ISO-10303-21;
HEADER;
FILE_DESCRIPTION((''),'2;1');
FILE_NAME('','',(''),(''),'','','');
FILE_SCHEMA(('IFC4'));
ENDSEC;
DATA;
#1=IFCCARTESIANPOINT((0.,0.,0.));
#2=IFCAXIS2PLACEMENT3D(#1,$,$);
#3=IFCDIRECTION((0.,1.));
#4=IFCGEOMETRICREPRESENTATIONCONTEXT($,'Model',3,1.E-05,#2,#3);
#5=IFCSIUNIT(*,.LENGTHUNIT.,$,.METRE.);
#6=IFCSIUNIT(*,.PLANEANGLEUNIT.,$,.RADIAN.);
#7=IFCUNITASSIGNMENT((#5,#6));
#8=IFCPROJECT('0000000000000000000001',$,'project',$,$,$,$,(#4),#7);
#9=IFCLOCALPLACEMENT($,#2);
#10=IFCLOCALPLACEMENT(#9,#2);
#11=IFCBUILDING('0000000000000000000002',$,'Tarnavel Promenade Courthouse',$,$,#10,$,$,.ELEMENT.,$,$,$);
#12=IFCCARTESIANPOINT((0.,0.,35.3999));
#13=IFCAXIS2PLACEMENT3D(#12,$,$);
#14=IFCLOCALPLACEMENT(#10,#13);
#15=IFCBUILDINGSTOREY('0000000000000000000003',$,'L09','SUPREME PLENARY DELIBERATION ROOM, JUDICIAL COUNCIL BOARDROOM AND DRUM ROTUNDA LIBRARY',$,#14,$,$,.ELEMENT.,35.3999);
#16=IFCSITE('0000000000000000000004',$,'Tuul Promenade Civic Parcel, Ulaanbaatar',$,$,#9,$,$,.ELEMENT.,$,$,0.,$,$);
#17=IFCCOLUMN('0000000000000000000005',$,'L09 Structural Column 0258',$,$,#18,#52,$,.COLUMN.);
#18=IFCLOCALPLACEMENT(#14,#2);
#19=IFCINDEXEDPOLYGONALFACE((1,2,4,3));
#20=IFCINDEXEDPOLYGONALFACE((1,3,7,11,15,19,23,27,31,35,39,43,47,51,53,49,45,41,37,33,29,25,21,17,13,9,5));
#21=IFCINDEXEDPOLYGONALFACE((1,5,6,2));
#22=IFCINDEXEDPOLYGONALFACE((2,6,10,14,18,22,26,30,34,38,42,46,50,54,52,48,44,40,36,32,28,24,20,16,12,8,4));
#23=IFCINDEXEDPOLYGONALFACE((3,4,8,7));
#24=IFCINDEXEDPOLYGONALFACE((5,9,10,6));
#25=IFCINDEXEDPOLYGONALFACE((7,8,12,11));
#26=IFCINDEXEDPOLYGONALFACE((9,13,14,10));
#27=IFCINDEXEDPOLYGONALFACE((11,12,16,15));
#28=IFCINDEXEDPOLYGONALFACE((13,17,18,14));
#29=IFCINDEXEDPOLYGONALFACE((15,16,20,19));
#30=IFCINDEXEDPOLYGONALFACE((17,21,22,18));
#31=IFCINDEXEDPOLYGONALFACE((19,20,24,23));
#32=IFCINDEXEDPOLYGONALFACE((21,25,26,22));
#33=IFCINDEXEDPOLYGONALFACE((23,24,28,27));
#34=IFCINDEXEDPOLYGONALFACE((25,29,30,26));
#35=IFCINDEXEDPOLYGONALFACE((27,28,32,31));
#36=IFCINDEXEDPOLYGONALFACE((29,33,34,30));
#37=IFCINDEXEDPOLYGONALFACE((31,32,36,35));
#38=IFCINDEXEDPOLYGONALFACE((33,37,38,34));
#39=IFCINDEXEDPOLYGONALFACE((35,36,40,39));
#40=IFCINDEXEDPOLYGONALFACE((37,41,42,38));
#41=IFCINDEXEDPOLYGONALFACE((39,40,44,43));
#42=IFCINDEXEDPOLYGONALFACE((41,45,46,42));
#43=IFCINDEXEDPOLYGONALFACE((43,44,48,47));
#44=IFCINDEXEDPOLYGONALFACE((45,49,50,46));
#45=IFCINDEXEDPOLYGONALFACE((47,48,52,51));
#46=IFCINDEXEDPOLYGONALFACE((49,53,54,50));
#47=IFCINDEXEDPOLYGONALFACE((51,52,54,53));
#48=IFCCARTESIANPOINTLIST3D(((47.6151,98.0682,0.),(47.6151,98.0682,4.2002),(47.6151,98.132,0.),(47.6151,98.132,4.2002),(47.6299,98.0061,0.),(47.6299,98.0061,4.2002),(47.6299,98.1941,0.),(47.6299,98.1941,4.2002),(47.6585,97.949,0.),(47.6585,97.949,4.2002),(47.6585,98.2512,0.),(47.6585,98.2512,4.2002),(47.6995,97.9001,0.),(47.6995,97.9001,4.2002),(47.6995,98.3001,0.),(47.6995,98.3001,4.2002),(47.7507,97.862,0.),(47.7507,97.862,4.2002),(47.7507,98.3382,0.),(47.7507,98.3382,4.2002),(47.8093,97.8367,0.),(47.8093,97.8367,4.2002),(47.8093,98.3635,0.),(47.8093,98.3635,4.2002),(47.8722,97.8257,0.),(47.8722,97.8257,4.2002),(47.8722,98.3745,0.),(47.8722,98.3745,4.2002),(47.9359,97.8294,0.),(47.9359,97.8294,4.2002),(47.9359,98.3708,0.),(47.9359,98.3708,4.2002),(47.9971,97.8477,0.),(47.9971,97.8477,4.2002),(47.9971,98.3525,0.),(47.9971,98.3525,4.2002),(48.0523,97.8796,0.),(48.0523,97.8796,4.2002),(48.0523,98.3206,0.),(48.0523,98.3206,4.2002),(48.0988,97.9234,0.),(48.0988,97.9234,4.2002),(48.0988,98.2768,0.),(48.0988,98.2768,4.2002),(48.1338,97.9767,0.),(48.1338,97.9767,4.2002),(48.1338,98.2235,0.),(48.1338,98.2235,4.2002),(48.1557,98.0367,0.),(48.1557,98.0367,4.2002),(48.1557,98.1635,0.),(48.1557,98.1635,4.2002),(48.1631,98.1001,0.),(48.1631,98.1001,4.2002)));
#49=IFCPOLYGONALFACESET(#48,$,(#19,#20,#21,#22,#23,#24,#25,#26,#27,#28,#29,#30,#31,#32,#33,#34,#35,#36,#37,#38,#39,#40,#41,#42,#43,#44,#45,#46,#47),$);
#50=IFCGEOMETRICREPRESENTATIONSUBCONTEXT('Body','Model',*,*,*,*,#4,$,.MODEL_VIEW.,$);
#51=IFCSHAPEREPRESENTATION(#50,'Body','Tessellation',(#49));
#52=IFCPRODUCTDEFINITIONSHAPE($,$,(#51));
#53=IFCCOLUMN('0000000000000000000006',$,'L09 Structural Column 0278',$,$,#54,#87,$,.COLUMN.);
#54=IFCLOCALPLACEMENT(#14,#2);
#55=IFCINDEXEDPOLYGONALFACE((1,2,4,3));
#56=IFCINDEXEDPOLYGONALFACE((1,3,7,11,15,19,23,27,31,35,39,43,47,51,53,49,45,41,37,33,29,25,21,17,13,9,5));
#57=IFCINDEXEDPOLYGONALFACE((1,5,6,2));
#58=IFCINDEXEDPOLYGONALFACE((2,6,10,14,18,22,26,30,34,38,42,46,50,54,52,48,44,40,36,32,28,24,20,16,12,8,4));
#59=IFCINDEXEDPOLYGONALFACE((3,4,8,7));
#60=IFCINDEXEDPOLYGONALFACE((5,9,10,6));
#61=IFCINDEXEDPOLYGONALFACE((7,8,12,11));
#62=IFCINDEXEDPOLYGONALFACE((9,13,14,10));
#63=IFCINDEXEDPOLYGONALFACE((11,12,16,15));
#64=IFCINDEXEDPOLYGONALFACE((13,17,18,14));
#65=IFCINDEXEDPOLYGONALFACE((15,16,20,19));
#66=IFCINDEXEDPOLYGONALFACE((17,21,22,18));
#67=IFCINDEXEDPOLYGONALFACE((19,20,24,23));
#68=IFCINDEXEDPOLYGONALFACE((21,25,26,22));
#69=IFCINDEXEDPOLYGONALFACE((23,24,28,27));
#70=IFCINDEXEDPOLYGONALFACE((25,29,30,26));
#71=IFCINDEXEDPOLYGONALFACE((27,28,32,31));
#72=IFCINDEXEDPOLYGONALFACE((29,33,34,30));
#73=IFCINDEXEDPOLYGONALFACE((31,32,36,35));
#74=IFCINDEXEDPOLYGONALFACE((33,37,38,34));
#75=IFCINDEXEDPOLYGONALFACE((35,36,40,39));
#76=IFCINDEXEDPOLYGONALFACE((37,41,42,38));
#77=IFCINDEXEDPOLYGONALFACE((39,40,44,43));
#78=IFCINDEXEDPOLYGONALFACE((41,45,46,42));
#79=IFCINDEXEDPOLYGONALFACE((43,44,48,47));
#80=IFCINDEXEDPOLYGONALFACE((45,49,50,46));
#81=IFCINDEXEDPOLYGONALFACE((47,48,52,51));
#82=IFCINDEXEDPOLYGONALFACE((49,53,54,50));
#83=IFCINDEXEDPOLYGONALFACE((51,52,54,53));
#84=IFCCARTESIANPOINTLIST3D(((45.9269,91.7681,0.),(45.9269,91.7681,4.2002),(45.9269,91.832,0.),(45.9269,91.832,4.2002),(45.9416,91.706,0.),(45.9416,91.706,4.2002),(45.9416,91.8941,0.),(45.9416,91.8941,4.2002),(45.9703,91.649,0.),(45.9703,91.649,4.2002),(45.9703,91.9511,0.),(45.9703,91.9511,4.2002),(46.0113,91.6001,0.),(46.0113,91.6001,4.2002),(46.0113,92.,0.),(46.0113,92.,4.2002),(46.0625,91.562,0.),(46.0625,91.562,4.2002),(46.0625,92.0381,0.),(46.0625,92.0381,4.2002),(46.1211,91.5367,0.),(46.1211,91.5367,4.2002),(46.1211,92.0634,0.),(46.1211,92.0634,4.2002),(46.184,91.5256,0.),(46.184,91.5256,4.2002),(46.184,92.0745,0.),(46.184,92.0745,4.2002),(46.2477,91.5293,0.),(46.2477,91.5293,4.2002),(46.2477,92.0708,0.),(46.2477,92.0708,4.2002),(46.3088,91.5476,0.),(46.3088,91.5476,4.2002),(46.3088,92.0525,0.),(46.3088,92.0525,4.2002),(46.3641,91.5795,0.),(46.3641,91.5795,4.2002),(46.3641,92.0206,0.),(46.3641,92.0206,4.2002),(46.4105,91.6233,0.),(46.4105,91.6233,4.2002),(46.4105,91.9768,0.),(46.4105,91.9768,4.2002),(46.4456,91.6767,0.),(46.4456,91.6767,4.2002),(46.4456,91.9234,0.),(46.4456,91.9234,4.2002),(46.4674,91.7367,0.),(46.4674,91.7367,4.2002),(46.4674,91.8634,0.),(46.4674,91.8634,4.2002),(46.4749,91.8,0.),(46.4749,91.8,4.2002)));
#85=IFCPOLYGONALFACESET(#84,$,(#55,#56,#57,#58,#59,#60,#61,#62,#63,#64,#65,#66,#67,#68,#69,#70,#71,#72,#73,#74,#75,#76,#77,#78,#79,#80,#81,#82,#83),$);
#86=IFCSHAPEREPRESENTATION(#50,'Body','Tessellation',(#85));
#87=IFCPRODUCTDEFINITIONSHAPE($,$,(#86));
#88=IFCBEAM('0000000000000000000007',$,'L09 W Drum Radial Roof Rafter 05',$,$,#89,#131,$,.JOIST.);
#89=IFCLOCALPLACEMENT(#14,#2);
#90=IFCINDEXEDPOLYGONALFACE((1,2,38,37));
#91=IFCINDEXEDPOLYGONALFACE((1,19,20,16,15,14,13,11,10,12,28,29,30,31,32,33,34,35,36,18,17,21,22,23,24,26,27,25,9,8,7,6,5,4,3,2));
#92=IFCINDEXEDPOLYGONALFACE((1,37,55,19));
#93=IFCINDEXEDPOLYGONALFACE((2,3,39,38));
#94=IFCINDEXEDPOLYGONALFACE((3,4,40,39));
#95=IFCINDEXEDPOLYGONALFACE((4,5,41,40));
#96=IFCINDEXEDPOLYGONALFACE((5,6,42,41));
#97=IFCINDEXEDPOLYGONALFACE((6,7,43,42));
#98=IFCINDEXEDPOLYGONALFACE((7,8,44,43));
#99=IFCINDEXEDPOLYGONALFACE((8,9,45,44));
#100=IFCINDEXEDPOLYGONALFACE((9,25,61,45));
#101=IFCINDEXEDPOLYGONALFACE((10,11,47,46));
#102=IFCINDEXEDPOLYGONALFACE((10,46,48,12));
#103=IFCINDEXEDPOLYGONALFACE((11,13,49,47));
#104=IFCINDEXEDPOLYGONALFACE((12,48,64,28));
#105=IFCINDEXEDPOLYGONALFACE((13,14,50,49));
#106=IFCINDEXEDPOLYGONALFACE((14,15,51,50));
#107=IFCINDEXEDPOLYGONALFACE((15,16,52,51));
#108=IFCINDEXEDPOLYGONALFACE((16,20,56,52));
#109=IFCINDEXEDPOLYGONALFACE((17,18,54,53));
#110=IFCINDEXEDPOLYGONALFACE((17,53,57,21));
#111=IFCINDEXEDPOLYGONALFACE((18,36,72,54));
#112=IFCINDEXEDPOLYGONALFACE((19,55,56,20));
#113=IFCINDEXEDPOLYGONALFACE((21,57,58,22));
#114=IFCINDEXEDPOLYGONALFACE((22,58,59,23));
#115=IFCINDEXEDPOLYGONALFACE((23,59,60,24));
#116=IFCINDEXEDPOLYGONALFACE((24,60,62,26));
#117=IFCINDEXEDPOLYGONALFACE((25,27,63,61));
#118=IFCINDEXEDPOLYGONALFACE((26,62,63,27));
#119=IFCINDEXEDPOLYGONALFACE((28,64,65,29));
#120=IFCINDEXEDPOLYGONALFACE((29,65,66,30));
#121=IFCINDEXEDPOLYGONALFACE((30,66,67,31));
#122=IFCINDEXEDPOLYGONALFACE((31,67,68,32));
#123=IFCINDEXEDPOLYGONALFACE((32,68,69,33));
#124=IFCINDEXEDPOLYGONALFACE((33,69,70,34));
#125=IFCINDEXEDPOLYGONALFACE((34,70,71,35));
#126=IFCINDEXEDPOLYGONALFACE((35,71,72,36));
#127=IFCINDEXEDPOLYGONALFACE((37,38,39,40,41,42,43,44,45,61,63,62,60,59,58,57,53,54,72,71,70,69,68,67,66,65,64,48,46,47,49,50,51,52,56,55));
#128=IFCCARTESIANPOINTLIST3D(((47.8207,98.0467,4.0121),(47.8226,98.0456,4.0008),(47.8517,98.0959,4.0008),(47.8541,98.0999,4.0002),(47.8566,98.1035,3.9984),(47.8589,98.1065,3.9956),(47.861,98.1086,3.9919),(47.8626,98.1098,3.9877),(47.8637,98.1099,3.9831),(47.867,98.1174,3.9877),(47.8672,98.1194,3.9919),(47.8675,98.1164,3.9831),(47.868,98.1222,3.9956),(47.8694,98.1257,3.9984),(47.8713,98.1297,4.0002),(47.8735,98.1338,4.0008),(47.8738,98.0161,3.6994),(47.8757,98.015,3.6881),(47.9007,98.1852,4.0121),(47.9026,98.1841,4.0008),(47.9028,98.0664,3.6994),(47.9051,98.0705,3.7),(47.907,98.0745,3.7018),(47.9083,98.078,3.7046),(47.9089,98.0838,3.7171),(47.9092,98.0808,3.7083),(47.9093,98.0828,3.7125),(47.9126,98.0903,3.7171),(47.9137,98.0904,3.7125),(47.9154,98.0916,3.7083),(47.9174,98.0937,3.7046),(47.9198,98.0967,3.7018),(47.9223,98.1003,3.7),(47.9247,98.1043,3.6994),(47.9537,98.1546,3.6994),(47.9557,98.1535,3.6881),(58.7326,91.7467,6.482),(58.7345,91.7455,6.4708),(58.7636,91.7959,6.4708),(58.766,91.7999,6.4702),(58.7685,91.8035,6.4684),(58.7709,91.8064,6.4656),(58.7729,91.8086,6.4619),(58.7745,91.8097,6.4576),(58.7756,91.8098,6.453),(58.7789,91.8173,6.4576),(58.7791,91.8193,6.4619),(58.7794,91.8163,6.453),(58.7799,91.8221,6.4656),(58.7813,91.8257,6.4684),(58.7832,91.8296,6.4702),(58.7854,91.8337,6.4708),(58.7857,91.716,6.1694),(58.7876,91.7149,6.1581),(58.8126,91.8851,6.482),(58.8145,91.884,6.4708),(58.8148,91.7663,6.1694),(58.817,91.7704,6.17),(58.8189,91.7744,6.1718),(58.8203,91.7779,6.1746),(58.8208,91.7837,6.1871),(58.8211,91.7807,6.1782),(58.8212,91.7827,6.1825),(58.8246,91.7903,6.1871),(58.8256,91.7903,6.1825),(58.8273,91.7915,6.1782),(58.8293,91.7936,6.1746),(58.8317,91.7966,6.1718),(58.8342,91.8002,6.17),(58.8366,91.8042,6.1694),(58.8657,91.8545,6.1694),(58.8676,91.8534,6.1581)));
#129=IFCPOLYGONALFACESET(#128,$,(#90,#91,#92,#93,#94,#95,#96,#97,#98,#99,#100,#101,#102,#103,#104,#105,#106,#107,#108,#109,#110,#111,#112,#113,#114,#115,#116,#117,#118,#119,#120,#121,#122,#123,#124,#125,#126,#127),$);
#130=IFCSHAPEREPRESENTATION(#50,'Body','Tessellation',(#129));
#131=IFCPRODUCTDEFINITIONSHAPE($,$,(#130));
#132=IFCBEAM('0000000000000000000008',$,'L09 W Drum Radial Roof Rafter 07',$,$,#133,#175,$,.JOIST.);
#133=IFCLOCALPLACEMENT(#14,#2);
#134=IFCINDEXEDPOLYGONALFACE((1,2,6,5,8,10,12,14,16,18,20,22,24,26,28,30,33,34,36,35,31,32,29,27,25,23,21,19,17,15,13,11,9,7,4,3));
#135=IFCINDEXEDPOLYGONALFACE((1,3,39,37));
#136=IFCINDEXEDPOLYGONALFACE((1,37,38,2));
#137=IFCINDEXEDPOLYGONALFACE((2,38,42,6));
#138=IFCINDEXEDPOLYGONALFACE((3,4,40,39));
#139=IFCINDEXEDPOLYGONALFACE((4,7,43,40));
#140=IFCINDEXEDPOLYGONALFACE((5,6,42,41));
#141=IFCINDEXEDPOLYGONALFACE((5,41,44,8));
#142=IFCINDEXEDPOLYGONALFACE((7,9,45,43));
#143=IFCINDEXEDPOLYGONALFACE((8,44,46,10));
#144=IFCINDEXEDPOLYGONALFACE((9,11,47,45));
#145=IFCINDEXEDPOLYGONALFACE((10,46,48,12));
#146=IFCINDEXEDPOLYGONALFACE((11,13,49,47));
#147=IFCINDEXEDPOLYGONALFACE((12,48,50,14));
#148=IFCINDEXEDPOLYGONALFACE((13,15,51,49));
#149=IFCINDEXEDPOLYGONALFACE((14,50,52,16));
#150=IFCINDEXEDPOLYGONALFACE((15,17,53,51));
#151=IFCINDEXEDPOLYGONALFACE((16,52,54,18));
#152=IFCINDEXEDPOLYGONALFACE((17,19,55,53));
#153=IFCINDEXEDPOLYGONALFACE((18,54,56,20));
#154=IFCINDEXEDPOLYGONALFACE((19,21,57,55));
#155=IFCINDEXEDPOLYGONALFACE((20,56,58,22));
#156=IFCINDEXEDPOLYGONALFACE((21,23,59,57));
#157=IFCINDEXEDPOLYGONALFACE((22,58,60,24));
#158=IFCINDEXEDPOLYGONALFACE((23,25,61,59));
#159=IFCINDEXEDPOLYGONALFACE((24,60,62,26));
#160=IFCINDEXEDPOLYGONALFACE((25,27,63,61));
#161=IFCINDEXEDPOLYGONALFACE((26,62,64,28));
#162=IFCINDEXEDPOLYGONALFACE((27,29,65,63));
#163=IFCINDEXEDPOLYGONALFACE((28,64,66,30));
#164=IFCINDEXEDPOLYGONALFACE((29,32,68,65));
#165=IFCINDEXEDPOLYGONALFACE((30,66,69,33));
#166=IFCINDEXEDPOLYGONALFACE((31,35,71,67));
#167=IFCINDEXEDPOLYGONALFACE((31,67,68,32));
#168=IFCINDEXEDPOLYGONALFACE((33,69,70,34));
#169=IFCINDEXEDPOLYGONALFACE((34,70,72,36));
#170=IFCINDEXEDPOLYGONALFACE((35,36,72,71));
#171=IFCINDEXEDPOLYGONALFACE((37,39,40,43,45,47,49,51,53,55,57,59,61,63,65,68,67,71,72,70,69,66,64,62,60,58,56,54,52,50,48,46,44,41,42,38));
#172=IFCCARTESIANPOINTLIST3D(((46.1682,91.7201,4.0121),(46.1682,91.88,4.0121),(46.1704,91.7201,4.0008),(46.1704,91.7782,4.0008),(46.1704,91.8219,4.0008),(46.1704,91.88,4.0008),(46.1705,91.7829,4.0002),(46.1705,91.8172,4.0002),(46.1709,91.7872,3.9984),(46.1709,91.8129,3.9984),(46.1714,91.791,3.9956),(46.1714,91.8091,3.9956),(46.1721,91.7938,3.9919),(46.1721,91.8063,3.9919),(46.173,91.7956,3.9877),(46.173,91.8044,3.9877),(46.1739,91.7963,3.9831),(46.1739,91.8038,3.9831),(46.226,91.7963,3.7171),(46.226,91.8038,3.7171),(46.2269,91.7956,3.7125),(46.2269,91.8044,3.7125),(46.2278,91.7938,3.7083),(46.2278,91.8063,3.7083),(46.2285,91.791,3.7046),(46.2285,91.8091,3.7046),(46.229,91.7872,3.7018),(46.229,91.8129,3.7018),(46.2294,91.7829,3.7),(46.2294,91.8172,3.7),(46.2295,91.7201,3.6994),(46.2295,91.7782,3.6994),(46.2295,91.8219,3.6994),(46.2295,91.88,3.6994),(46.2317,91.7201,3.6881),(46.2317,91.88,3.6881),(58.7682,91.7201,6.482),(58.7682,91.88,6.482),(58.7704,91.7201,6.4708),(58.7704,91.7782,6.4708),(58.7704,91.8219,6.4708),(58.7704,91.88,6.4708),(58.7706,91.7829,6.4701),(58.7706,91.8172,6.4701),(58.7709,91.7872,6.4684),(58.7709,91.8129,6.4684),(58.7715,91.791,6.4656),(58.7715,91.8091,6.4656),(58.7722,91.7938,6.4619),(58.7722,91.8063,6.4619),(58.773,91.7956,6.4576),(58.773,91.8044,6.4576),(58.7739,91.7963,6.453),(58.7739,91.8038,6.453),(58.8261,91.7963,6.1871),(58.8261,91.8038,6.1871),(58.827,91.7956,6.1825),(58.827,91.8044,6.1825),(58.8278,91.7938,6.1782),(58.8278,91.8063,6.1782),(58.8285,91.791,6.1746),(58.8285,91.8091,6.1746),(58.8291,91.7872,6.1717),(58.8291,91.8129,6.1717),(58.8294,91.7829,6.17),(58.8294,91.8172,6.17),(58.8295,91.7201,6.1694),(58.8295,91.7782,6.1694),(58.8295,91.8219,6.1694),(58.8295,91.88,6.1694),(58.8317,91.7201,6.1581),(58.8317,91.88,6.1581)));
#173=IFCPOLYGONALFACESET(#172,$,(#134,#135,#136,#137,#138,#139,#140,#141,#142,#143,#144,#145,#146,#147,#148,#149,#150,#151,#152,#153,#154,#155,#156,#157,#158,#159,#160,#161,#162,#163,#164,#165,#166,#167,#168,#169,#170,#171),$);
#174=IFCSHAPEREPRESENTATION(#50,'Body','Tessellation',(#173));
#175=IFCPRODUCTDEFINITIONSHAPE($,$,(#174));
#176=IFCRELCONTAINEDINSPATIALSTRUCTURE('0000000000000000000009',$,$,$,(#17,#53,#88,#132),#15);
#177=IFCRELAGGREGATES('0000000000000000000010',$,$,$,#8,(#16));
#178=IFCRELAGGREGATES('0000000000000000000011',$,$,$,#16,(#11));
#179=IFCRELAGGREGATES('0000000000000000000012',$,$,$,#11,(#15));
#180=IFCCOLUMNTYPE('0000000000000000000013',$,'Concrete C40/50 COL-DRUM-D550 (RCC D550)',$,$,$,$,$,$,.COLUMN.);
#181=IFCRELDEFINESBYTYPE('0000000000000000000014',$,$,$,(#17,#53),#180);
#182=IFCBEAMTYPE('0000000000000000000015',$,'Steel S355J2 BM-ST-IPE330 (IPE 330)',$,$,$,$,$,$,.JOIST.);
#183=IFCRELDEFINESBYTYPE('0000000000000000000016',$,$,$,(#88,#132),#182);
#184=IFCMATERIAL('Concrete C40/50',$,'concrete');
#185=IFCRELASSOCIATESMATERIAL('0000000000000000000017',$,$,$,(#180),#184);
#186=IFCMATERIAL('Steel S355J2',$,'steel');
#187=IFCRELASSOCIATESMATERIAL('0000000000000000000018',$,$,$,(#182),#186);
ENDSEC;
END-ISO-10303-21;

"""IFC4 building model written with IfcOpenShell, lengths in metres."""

from ifc_helpers import new_model, si_unit, direction, frame, origin, origin_2d, place, context, subcontext, project, spatial, circle, i_section, extrude, material, material_profile, profile_set, type_object, element, save


model = new_model("IFC4")

# Units and contexts
model_context = context("Model", 3, precision=1e-05, world=origin(), true_north=direction((0.0, 1.0)))
body_context = subcontext(model_context, "Body", "Model", "MODEL_VIEW")
ifc_project = project(units=[si_unit("LENGTHUNIT", "METRE"), si_unit("PLANEANGLEUNIT", "RADIAN")], contexts=[model_context])

# Site, building, storey
site_placement = place(None, origin())
site = spatial("IfcSite", under=ifc_project, at=site_placement, Name="Tuul Promenade Civic Parcel, Ulaanbaatar", CompositionType="ELEMENT", RefElevation=0.0)
building_placement = place(site_placement, origin())
building = spatial("IfcBuilding", under=site, at=building_placement, Name="Tarnavel Promenade Courthouse", CompositionType="ELEMENT")
storey_placement = place(building_placement, frame((0.0, 0.0, 35.3999)))
storey = spatial("IfcBuildingStorey", under=building, at=storey_placement, Name="L09", Description="SUPREME PLENARY DELIBERATION ROOM, JUDICIAL COUNCIL BOARDROOM AND DRUM ROTUNDA LIBRARY", CompositionType="ELEMENT", Elevation=35.3999)

# Columns
ifc_material_1 = material(Name="Concrete C40/50", Category="concrete")
ifc_material_profile_1 = material_profile(ifc_material_1, circle(Radius=0.2749, at=origin_2d()), Name="RCC D550")
ifc_profile_set_1 = profile_set([ifc_material_profile_1], Name="Concrete C40/50")
column_type = type_object("IfcColumnType", Name="Concrete C40/50 COL-DRUM-D550 (RCC D550)", PredefinedType="COLUMN", material=ifc_profile_set_1)
for number, where, z_axis, x_axis, name in (
    (1, (47.8882, 98.1001, 0.0), (0.0, 0.0, 1.0), (1.0, 0.0, 0.0), "L09 Structural Column 0258"),
    (2, (46.2, 91.8, 0.0), (0.0, 0.0, 1.0), (1.0, 0.0, 0.0), "L09 Structural Column 0278"),
):
    element("IfcColumn", number, at=place(storey_placement, frame(where, z_axis=z_axis, x_axis=x_axis)), inside=storey, type_object=column_type, Name=name, PredefinedType="COLUMN", context=body_context, shape_type="SweptSolid", body=[
        extrude(circle(Radius=0.2749, at=origin_2d()), origin(), (0.0, 0.0, 1.0), 4.2002),
    ])

# Beams
ifc_material_2 = material(Name="Steel S355J2", Category="steel")
ifc_material_profile_2 = material_profile(ifc_material_2, i_section(OverallWidth=0.1599, OverallDepth=0.3301, WebThickness=0.0076, FlangeThickness=0.0115, FilletRadius=0.0181, at=origin_2d()), Name="IPE 330")
ifc_profile_set_2 = profile_set([ifc_material_profile_2], Name="Steel S355J2")
beam_type_1 = type_object("IfcBeamType", Name="Steel S355J2 BM-ST-IPE330 (IPE 330)", PredefinedType="JOIST", material=ifc_profile_set_2)
for number, where, z_axis, x_axis, name in (
    (3, (47.8882, 98.1001, 3.8501), (0.849848, -0.490666, 0.192368), (0.500005, 0.866023, 0.0), "L09 W Drum Radial Roof Rafter 05"),
    (4, (46.2, 91.8, 3.8501), (0.981323, 0.0, 0.192367), (0.0, 1.0, 0.0), "L09 W Drum Radial Roof Rafter 07"),
):
    element("IfcBeam", number, at=place(storey_placement, frame(where, z_axis=z_axis, x_axis=x_axis)), inside=storey, type_object=beam_type_1, Name=name, PredefinedType="JOIST", context=body_context, shape_type="SweptSolid", body=[
        extrude(i_section(OverallWidth=0.1599, OverallDepth=0.3301, WebThickness=0.0076, FlangeThickness=0.0115, FilletRadius=0.0181, at=origin_2d()), origin(), (0.0, 0.0, 1.0), 12.8398),
    ])

save(model, "model.ifc")
